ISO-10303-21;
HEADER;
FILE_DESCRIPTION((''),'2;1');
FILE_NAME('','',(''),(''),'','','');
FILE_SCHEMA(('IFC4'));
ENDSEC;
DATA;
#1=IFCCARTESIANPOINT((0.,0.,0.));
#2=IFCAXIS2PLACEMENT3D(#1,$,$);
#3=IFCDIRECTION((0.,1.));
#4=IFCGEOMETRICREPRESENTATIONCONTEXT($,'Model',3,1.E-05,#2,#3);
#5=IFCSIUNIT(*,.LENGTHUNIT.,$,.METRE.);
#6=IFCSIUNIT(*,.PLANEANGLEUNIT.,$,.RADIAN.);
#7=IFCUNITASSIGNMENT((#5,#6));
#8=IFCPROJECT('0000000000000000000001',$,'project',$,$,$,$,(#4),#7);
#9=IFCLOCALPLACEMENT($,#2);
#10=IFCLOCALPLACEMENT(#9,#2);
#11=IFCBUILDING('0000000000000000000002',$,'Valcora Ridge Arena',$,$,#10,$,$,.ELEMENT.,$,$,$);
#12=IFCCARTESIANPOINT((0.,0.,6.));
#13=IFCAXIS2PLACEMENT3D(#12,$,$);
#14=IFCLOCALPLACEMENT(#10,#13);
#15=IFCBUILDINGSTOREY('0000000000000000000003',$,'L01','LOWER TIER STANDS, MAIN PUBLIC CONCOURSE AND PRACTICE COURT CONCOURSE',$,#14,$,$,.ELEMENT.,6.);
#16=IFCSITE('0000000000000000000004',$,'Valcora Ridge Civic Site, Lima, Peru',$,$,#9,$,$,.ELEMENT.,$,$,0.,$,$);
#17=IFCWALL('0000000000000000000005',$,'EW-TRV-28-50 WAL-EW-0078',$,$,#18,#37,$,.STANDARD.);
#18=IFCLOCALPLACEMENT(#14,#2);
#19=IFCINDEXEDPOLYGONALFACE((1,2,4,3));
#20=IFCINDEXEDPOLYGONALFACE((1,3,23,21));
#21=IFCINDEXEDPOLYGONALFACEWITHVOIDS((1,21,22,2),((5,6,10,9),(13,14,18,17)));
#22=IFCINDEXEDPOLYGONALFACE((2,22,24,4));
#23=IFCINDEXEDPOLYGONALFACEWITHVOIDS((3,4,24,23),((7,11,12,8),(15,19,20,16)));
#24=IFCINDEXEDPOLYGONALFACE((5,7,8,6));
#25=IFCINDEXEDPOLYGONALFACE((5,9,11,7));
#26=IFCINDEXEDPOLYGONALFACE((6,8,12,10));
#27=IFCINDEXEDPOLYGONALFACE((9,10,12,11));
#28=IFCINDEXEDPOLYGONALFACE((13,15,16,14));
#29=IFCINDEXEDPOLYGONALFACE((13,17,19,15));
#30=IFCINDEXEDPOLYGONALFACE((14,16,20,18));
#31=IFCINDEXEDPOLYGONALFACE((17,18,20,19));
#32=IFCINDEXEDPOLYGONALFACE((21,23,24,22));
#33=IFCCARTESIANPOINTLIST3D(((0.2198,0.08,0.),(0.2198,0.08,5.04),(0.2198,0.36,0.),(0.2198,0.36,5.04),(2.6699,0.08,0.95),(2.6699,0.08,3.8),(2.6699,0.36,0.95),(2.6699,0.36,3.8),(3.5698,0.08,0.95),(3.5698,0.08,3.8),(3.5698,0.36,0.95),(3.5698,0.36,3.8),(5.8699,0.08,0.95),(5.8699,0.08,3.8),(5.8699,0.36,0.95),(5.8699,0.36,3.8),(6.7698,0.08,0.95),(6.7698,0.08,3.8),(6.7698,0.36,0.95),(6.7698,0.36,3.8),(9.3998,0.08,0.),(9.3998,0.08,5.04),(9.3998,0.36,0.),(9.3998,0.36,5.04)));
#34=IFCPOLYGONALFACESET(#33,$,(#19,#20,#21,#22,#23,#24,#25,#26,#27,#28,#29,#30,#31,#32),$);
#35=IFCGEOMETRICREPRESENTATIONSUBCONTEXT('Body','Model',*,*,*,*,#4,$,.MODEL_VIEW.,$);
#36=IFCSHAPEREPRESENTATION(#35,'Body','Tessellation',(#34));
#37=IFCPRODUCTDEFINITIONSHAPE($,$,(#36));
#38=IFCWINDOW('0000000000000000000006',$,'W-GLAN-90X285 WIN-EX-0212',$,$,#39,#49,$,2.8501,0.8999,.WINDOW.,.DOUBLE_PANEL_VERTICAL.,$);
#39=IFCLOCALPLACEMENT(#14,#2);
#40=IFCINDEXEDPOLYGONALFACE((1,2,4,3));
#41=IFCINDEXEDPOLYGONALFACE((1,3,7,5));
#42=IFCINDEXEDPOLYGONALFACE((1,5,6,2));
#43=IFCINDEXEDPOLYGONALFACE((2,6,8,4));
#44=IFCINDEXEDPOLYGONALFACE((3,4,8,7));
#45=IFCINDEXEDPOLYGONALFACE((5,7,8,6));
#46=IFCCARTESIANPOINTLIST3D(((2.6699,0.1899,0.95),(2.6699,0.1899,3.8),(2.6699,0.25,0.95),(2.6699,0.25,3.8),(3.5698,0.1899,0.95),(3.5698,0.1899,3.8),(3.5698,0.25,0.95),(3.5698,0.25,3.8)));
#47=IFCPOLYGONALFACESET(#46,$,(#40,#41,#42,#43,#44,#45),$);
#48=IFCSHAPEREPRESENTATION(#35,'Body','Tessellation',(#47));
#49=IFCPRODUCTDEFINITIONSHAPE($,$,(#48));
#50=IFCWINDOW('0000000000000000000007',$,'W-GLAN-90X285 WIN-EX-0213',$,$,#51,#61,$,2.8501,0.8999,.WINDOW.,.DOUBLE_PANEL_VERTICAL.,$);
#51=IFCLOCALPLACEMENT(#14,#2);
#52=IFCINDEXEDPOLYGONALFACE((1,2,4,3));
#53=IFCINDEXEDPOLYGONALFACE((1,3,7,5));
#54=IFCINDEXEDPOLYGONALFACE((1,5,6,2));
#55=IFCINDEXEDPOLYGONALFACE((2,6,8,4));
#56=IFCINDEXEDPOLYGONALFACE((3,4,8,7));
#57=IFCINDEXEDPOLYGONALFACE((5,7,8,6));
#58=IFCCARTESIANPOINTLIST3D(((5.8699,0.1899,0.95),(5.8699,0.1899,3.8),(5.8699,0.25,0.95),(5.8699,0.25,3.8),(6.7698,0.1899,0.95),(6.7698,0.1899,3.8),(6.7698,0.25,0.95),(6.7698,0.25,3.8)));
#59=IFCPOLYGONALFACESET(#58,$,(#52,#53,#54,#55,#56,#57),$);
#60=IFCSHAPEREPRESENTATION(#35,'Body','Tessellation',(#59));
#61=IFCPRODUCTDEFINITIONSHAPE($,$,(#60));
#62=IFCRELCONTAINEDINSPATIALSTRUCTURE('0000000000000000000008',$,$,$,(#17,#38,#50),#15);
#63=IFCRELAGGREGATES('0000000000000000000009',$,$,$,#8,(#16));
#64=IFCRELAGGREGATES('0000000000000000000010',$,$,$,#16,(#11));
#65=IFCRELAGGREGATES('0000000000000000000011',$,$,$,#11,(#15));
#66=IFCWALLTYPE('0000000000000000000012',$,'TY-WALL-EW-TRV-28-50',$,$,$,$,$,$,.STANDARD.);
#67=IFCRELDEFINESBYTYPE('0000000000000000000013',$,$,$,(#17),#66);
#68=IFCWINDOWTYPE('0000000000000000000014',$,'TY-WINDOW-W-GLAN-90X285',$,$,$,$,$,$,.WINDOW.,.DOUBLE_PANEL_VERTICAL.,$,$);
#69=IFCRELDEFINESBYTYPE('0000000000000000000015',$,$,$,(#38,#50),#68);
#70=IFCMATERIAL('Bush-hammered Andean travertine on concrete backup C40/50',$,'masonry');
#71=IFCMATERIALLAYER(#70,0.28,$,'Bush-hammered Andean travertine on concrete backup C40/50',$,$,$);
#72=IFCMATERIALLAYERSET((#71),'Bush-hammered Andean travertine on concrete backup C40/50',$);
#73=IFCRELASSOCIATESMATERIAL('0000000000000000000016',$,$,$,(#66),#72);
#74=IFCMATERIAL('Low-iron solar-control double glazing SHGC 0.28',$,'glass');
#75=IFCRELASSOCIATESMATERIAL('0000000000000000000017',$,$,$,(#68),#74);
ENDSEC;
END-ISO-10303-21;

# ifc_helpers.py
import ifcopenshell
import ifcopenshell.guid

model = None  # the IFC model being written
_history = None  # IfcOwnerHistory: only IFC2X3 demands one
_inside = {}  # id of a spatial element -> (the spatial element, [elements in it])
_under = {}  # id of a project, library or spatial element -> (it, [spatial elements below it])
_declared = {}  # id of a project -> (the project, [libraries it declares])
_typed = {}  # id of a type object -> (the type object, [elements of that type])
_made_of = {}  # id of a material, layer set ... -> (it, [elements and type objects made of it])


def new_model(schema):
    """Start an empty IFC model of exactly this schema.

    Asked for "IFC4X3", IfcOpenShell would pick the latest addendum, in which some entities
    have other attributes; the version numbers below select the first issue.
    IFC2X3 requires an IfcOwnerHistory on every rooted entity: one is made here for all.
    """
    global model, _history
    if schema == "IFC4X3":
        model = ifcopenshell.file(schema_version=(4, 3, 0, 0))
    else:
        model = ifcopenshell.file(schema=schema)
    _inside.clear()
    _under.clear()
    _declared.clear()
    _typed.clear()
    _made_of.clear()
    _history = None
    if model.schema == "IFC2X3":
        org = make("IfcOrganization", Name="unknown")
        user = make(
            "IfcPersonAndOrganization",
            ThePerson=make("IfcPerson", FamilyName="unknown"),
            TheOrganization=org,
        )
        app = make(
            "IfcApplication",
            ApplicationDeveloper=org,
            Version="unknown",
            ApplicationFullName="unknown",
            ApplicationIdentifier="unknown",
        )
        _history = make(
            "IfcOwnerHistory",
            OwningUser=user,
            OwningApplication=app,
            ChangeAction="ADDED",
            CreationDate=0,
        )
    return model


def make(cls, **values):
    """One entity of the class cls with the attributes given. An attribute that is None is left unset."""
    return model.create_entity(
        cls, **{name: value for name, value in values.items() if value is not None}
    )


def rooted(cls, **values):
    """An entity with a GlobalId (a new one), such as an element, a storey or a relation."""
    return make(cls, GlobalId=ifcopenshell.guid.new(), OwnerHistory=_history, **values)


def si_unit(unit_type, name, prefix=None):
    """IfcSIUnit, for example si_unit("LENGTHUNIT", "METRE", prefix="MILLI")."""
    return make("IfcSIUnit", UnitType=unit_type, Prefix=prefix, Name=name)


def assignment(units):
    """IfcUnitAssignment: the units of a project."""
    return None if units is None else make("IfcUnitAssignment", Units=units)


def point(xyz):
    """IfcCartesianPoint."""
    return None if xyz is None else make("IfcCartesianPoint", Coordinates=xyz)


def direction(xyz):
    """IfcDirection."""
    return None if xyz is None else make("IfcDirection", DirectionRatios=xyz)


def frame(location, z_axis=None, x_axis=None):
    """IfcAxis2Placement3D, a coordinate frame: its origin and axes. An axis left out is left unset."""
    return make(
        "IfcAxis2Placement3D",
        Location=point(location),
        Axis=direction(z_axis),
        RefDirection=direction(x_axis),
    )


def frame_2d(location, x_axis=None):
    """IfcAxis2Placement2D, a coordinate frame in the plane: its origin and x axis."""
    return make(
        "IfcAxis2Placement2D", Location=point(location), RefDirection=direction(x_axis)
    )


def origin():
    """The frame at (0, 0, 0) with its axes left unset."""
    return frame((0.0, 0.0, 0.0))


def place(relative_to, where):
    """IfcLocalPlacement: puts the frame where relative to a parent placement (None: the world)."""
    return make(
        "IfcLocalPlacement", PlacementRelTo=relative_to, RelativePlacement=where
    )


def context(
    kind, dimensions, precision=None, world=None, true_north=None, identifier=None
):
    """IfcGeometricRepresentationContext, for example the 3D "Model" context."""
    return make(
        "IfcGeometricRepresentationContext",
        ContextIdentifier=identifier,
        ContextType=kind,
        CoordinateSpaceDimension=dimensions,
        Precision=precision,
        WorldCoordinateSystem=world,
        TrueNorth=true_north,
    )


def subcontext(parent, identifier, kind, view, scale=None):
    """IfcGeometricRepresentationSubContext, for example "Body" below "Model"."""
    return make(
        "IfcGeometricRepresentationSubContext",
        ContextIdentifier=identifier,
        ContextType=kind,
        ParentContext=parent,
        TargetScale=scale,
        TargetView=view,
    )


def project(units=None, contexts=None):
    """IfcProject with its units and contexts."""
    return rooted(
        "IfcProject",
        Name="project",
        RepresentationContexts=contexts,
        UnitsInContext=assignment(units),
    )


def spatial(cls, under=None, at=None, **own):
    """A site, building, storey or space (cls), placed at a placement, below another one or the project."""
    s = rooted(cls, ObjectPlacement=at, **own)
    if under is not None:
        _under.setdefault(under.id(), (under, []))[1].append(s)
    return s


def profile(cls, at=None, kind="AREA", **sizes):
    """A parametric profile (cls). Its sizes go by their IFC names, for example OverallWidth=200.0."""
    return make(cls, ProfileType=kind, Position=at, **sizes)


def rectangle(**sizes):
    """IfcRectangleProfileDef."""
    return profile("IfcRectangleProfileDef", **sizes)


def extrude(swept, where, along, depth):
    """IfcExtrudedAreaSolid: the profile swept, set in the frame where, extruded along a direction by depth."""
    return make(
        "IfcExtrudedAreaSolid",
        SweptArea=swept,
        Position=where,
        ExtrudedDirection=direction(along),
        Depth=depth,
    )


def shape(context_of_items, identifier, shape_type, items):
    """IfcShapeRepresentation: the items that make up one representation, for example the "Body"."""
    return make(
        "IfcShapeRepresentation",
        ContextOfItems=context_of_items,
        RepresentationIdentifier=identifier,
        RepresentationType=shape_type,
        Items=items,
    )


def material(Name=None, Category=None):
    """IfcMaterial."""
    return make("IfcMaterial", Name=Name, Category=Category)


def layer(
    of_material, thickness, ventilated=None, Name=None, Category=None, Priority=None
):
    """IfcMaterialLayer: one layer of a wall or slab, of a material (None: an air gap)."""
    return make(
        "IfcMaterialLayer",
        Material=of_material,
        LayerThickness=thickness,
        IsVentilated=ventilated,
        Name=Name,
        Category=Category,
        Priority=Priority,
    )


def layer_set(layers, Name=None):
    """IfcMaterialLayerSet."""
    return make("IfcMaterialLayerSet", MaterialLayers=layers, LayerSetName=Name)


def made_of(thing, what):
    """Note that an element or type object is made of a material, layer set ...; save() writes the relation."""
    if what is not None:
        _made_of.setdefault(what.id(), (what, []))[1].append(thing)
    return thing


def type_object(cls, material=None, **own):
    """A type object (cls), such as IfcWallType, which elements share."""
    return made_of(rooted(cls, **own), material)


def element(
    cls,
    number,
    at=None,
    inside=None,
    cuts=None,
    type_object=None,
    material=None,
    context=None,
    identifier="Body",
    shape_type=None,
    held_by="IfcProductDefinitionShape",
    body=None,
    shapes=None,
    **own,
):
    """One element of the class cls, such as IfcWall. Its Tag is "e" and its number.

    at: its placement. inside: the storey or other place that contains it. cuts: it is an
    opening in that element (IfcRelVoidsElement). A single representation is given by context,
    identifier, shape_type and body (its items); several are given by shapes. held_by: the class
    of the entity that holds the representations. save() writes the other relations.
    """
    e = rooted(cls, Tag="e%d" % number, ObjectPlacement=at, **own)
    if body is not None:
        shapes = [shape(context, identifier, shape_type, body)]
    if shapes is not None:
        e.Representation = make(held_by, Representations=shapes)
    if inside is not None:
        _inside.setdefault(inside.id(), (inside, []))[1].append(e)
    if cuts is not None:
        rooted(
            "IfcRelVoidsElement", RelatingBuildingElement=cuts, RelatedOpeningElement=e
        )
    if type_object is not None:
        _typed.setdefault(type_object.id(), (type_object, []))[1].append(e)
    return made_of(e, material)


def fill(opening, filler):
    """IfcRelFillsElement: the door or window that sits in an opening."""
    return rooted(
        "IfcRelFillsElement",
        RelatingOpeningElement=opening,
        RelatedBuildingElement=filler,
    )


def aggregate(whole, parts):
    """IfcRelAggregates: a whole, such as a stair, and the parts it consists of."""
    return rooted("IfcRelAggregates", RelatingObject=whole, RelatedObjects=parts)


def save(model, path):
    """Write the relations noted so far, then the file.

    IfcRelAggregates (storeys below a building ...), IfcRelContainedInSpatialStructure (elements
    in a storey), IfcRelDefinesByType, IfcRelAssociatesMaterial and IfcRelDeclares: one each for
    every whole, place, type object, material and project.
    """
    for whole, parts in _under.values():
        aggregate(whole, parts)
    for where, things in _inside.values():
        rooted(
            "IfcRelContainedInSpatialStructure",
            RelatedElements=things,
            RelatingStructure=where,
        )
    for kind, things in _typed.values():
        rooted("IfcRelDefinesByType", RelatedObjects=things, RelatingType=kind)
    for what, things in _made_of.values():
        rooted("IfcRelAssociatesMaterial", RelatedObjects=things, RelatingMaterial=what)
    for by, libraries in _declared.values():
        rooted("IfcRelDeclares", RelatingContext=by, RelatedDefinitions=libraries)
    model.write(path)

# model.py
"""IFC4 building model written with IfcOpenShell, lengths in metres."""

from ifc_helpers import new_model, si_unit, direction, frame, frame_2d, origin, place, context, subcontext, project, spatial, rectangle, extrude, material, layer, layer_set, type_object, element, fill, save


model = new_model("IFC4")

# Units and contexts
model_context = context("Model", 3, precision=1e-05, world=origin(), true_north=direction((0.0, 1.0)))
body_context = subcontext(model_context, "Body", "Model", "MODEL_VIEW")
ifc_project = project(units=[si_unit("LENGTHUNIT", "METRE"), si_unit("PLANEANGLEUNIT", "RADIAN")], contexts=[model_context])

# Site, building, storey
site_placement = place(None, origin())
site = spatial("IfcSite", under=ifc_project, at=site_placement, Name="Valcora Ridge Civic Site, Lima, Peru", CompositionType="ELEMENT", RefElevation=0.0)
building_placement = place(site_placement, origin())
building = spatial("IfcBuilding", under=site, at=building_placement, Name="Valcora Ridge Arena", CompositionType="ELEMENT")
storey_placement = place(building_placement, frame((0.0, 0.0, 6.0)))
storey = spatial("IfcBuildingStorey", under=building, at=storey_placement, Name="L01", Description="LOWER TIER STANDS, MAIN PUBLIC CONCOURSE AND PRACTICE COURT CONCOURSE", CompositionType="ELEMENT", Elevation=6.0)

# Wall, openings, windows
ifc_material_1 = material(Name="Bush-hammered Andean travertine on concrete backup C40/50", Category="masonry")
ifc_layer_1 = layer(ifc_material_1, 0.28, Name="Bush-hammered Andean travertine on concrete backup C40/50")
ifc_layer_set_1 = layer_set([ifc_layer_1], Name="Bush-hammered Andean travertine on concrete backup C40/50")
wall_type_1 = type_object("IfcWallType", Name="TY-WALL-EW-TRV-28-50", PredefinedType="STANDARD", material=ifc_layer_set_1)
wall_1_placement = place(storey_placement, frame((0.22, 0.22, 0.0), z_axis=(0.0, 0.0, 1.0), x_axis=(1.0, 0.0, 0.0)))
wall_1 = element("IfcWall", 1, at=wall_1_placement, inside=storey, type_object=wall_type_1, Name="EW-TRV-28-50 WAL-EW-0078", PredefinedType="STANDARD", context=body_context, shape_type="SweptSolid", body=[
    extrude(rectangle(XDim=9.1799, YDim=0.28, at=frame_2d((4.5898, 0.0))), origin(), (0.0, 0.0, 1.0), 5.04),
])
opening_1_placement = place(wall_1_placement, frame((2.45, 0.0, 0.95)))
opening_1 = element("IfcOpeningElement", 2, at=opening_1_placement, cuts=wall_1, PredefinedType="OPENING", context=body_context, shape_type="SweptSolid", body=[
    extrude(rectangle(XDim=0.8999, YDim=2.8501, at=frame_2d((0.45, 1.425))), frame((0.0, 0.1499, 0.0), z_axis=(0.0, -1.0, 0.0), x_axis=(1.0, 0.0, 0.0)), (0.0, 0.0, 1.0), 0.3),
])
opening_2_placement = place(wall_1_placement, frame((5.6499, 0.0, 0.95)))
opening_2 = element("IfcOpeningElement", 3, at=opening_2_placement, cuts=wall_1, PredefinedType="OPENING", context=body_context, shape_type="SweptSolid", body=[
    extrude(rectangle(XDim=0.8999, YDim=2.8501, at=frame_2d((0.45, 1.425))), frame((0.0, 0.1499, 0.0), z_axis=(0.0, -1.0, 0.0), x_axis=(1.0, 0.0, 0.0)), (0.0, 0.0, 1.0), 0.3),
])
ifc_material_2 = material(Name="Low-iron solar-control double glazing SHGC 0.28", Category="glass")
window_type = type_object("IfcWindowType", Name="TY-WINDOW-W-GLAN-90X285", PartitioningType="DOUBLE_PANEL_VERTICAL", PredefinedType="WINDOW", material=ifc_material_2)
window_1_placement = place(opening_1_placement, origin())
window_1 = element("IfcWindow", 4, at=window_1_placement, inside=storey, type_object=window_type, Name="W-GLAN-90X285 WIN-EX-0212", OverallHeight=2.8501, OverallWidth=0.8999, PartitioningType="DOUBLE_PANEL_VERTICAL", PredefinedType="WINDOW", context=body_context, shape_type="SweptSolid", body=[
    extrude(rectangle(XDim=0.8999, YDim=2.8501, at=frame_2d((0.45, 1.425))), frame((0.0, 0.03, 0.0), z_axis=(0.0, -1.0, 0.0), x_axis=(1.0, 0.0, 0.0)), (0.0, 0.0, 1.0), 0.0601),
])
fill(opening_1, window_1)
window_2_placement = place(opening_2_placement, origin())
window_2 = element("IfcWindow", 5, at=window_2_placement, inside=storey, type_object=window_type, Name="W-GLAN-90X285 WIN-EX-0213", OverallHeight=2.8501, OverallWidth=0.8999, PartitioningType="DOUBLE_PANEL_VERTICAL", PredefinedType="WINDOW", context=body_context, shape_type="SweptSolid", body=[
    extrude(rectangle(XDim=0.8999, YDim=2.8501, at=frame_2d((0.45, 1.425))), frame((0.0, 0.03, 0.0), z_axis=(0.0, -1.0, 0.0), x_axis=(1.0, 0.0, 0.0)), (0.0, 0.0, 1.0), 0.0601),
])
fill(opening_2, window_2)

save(model, "model.ifc")
